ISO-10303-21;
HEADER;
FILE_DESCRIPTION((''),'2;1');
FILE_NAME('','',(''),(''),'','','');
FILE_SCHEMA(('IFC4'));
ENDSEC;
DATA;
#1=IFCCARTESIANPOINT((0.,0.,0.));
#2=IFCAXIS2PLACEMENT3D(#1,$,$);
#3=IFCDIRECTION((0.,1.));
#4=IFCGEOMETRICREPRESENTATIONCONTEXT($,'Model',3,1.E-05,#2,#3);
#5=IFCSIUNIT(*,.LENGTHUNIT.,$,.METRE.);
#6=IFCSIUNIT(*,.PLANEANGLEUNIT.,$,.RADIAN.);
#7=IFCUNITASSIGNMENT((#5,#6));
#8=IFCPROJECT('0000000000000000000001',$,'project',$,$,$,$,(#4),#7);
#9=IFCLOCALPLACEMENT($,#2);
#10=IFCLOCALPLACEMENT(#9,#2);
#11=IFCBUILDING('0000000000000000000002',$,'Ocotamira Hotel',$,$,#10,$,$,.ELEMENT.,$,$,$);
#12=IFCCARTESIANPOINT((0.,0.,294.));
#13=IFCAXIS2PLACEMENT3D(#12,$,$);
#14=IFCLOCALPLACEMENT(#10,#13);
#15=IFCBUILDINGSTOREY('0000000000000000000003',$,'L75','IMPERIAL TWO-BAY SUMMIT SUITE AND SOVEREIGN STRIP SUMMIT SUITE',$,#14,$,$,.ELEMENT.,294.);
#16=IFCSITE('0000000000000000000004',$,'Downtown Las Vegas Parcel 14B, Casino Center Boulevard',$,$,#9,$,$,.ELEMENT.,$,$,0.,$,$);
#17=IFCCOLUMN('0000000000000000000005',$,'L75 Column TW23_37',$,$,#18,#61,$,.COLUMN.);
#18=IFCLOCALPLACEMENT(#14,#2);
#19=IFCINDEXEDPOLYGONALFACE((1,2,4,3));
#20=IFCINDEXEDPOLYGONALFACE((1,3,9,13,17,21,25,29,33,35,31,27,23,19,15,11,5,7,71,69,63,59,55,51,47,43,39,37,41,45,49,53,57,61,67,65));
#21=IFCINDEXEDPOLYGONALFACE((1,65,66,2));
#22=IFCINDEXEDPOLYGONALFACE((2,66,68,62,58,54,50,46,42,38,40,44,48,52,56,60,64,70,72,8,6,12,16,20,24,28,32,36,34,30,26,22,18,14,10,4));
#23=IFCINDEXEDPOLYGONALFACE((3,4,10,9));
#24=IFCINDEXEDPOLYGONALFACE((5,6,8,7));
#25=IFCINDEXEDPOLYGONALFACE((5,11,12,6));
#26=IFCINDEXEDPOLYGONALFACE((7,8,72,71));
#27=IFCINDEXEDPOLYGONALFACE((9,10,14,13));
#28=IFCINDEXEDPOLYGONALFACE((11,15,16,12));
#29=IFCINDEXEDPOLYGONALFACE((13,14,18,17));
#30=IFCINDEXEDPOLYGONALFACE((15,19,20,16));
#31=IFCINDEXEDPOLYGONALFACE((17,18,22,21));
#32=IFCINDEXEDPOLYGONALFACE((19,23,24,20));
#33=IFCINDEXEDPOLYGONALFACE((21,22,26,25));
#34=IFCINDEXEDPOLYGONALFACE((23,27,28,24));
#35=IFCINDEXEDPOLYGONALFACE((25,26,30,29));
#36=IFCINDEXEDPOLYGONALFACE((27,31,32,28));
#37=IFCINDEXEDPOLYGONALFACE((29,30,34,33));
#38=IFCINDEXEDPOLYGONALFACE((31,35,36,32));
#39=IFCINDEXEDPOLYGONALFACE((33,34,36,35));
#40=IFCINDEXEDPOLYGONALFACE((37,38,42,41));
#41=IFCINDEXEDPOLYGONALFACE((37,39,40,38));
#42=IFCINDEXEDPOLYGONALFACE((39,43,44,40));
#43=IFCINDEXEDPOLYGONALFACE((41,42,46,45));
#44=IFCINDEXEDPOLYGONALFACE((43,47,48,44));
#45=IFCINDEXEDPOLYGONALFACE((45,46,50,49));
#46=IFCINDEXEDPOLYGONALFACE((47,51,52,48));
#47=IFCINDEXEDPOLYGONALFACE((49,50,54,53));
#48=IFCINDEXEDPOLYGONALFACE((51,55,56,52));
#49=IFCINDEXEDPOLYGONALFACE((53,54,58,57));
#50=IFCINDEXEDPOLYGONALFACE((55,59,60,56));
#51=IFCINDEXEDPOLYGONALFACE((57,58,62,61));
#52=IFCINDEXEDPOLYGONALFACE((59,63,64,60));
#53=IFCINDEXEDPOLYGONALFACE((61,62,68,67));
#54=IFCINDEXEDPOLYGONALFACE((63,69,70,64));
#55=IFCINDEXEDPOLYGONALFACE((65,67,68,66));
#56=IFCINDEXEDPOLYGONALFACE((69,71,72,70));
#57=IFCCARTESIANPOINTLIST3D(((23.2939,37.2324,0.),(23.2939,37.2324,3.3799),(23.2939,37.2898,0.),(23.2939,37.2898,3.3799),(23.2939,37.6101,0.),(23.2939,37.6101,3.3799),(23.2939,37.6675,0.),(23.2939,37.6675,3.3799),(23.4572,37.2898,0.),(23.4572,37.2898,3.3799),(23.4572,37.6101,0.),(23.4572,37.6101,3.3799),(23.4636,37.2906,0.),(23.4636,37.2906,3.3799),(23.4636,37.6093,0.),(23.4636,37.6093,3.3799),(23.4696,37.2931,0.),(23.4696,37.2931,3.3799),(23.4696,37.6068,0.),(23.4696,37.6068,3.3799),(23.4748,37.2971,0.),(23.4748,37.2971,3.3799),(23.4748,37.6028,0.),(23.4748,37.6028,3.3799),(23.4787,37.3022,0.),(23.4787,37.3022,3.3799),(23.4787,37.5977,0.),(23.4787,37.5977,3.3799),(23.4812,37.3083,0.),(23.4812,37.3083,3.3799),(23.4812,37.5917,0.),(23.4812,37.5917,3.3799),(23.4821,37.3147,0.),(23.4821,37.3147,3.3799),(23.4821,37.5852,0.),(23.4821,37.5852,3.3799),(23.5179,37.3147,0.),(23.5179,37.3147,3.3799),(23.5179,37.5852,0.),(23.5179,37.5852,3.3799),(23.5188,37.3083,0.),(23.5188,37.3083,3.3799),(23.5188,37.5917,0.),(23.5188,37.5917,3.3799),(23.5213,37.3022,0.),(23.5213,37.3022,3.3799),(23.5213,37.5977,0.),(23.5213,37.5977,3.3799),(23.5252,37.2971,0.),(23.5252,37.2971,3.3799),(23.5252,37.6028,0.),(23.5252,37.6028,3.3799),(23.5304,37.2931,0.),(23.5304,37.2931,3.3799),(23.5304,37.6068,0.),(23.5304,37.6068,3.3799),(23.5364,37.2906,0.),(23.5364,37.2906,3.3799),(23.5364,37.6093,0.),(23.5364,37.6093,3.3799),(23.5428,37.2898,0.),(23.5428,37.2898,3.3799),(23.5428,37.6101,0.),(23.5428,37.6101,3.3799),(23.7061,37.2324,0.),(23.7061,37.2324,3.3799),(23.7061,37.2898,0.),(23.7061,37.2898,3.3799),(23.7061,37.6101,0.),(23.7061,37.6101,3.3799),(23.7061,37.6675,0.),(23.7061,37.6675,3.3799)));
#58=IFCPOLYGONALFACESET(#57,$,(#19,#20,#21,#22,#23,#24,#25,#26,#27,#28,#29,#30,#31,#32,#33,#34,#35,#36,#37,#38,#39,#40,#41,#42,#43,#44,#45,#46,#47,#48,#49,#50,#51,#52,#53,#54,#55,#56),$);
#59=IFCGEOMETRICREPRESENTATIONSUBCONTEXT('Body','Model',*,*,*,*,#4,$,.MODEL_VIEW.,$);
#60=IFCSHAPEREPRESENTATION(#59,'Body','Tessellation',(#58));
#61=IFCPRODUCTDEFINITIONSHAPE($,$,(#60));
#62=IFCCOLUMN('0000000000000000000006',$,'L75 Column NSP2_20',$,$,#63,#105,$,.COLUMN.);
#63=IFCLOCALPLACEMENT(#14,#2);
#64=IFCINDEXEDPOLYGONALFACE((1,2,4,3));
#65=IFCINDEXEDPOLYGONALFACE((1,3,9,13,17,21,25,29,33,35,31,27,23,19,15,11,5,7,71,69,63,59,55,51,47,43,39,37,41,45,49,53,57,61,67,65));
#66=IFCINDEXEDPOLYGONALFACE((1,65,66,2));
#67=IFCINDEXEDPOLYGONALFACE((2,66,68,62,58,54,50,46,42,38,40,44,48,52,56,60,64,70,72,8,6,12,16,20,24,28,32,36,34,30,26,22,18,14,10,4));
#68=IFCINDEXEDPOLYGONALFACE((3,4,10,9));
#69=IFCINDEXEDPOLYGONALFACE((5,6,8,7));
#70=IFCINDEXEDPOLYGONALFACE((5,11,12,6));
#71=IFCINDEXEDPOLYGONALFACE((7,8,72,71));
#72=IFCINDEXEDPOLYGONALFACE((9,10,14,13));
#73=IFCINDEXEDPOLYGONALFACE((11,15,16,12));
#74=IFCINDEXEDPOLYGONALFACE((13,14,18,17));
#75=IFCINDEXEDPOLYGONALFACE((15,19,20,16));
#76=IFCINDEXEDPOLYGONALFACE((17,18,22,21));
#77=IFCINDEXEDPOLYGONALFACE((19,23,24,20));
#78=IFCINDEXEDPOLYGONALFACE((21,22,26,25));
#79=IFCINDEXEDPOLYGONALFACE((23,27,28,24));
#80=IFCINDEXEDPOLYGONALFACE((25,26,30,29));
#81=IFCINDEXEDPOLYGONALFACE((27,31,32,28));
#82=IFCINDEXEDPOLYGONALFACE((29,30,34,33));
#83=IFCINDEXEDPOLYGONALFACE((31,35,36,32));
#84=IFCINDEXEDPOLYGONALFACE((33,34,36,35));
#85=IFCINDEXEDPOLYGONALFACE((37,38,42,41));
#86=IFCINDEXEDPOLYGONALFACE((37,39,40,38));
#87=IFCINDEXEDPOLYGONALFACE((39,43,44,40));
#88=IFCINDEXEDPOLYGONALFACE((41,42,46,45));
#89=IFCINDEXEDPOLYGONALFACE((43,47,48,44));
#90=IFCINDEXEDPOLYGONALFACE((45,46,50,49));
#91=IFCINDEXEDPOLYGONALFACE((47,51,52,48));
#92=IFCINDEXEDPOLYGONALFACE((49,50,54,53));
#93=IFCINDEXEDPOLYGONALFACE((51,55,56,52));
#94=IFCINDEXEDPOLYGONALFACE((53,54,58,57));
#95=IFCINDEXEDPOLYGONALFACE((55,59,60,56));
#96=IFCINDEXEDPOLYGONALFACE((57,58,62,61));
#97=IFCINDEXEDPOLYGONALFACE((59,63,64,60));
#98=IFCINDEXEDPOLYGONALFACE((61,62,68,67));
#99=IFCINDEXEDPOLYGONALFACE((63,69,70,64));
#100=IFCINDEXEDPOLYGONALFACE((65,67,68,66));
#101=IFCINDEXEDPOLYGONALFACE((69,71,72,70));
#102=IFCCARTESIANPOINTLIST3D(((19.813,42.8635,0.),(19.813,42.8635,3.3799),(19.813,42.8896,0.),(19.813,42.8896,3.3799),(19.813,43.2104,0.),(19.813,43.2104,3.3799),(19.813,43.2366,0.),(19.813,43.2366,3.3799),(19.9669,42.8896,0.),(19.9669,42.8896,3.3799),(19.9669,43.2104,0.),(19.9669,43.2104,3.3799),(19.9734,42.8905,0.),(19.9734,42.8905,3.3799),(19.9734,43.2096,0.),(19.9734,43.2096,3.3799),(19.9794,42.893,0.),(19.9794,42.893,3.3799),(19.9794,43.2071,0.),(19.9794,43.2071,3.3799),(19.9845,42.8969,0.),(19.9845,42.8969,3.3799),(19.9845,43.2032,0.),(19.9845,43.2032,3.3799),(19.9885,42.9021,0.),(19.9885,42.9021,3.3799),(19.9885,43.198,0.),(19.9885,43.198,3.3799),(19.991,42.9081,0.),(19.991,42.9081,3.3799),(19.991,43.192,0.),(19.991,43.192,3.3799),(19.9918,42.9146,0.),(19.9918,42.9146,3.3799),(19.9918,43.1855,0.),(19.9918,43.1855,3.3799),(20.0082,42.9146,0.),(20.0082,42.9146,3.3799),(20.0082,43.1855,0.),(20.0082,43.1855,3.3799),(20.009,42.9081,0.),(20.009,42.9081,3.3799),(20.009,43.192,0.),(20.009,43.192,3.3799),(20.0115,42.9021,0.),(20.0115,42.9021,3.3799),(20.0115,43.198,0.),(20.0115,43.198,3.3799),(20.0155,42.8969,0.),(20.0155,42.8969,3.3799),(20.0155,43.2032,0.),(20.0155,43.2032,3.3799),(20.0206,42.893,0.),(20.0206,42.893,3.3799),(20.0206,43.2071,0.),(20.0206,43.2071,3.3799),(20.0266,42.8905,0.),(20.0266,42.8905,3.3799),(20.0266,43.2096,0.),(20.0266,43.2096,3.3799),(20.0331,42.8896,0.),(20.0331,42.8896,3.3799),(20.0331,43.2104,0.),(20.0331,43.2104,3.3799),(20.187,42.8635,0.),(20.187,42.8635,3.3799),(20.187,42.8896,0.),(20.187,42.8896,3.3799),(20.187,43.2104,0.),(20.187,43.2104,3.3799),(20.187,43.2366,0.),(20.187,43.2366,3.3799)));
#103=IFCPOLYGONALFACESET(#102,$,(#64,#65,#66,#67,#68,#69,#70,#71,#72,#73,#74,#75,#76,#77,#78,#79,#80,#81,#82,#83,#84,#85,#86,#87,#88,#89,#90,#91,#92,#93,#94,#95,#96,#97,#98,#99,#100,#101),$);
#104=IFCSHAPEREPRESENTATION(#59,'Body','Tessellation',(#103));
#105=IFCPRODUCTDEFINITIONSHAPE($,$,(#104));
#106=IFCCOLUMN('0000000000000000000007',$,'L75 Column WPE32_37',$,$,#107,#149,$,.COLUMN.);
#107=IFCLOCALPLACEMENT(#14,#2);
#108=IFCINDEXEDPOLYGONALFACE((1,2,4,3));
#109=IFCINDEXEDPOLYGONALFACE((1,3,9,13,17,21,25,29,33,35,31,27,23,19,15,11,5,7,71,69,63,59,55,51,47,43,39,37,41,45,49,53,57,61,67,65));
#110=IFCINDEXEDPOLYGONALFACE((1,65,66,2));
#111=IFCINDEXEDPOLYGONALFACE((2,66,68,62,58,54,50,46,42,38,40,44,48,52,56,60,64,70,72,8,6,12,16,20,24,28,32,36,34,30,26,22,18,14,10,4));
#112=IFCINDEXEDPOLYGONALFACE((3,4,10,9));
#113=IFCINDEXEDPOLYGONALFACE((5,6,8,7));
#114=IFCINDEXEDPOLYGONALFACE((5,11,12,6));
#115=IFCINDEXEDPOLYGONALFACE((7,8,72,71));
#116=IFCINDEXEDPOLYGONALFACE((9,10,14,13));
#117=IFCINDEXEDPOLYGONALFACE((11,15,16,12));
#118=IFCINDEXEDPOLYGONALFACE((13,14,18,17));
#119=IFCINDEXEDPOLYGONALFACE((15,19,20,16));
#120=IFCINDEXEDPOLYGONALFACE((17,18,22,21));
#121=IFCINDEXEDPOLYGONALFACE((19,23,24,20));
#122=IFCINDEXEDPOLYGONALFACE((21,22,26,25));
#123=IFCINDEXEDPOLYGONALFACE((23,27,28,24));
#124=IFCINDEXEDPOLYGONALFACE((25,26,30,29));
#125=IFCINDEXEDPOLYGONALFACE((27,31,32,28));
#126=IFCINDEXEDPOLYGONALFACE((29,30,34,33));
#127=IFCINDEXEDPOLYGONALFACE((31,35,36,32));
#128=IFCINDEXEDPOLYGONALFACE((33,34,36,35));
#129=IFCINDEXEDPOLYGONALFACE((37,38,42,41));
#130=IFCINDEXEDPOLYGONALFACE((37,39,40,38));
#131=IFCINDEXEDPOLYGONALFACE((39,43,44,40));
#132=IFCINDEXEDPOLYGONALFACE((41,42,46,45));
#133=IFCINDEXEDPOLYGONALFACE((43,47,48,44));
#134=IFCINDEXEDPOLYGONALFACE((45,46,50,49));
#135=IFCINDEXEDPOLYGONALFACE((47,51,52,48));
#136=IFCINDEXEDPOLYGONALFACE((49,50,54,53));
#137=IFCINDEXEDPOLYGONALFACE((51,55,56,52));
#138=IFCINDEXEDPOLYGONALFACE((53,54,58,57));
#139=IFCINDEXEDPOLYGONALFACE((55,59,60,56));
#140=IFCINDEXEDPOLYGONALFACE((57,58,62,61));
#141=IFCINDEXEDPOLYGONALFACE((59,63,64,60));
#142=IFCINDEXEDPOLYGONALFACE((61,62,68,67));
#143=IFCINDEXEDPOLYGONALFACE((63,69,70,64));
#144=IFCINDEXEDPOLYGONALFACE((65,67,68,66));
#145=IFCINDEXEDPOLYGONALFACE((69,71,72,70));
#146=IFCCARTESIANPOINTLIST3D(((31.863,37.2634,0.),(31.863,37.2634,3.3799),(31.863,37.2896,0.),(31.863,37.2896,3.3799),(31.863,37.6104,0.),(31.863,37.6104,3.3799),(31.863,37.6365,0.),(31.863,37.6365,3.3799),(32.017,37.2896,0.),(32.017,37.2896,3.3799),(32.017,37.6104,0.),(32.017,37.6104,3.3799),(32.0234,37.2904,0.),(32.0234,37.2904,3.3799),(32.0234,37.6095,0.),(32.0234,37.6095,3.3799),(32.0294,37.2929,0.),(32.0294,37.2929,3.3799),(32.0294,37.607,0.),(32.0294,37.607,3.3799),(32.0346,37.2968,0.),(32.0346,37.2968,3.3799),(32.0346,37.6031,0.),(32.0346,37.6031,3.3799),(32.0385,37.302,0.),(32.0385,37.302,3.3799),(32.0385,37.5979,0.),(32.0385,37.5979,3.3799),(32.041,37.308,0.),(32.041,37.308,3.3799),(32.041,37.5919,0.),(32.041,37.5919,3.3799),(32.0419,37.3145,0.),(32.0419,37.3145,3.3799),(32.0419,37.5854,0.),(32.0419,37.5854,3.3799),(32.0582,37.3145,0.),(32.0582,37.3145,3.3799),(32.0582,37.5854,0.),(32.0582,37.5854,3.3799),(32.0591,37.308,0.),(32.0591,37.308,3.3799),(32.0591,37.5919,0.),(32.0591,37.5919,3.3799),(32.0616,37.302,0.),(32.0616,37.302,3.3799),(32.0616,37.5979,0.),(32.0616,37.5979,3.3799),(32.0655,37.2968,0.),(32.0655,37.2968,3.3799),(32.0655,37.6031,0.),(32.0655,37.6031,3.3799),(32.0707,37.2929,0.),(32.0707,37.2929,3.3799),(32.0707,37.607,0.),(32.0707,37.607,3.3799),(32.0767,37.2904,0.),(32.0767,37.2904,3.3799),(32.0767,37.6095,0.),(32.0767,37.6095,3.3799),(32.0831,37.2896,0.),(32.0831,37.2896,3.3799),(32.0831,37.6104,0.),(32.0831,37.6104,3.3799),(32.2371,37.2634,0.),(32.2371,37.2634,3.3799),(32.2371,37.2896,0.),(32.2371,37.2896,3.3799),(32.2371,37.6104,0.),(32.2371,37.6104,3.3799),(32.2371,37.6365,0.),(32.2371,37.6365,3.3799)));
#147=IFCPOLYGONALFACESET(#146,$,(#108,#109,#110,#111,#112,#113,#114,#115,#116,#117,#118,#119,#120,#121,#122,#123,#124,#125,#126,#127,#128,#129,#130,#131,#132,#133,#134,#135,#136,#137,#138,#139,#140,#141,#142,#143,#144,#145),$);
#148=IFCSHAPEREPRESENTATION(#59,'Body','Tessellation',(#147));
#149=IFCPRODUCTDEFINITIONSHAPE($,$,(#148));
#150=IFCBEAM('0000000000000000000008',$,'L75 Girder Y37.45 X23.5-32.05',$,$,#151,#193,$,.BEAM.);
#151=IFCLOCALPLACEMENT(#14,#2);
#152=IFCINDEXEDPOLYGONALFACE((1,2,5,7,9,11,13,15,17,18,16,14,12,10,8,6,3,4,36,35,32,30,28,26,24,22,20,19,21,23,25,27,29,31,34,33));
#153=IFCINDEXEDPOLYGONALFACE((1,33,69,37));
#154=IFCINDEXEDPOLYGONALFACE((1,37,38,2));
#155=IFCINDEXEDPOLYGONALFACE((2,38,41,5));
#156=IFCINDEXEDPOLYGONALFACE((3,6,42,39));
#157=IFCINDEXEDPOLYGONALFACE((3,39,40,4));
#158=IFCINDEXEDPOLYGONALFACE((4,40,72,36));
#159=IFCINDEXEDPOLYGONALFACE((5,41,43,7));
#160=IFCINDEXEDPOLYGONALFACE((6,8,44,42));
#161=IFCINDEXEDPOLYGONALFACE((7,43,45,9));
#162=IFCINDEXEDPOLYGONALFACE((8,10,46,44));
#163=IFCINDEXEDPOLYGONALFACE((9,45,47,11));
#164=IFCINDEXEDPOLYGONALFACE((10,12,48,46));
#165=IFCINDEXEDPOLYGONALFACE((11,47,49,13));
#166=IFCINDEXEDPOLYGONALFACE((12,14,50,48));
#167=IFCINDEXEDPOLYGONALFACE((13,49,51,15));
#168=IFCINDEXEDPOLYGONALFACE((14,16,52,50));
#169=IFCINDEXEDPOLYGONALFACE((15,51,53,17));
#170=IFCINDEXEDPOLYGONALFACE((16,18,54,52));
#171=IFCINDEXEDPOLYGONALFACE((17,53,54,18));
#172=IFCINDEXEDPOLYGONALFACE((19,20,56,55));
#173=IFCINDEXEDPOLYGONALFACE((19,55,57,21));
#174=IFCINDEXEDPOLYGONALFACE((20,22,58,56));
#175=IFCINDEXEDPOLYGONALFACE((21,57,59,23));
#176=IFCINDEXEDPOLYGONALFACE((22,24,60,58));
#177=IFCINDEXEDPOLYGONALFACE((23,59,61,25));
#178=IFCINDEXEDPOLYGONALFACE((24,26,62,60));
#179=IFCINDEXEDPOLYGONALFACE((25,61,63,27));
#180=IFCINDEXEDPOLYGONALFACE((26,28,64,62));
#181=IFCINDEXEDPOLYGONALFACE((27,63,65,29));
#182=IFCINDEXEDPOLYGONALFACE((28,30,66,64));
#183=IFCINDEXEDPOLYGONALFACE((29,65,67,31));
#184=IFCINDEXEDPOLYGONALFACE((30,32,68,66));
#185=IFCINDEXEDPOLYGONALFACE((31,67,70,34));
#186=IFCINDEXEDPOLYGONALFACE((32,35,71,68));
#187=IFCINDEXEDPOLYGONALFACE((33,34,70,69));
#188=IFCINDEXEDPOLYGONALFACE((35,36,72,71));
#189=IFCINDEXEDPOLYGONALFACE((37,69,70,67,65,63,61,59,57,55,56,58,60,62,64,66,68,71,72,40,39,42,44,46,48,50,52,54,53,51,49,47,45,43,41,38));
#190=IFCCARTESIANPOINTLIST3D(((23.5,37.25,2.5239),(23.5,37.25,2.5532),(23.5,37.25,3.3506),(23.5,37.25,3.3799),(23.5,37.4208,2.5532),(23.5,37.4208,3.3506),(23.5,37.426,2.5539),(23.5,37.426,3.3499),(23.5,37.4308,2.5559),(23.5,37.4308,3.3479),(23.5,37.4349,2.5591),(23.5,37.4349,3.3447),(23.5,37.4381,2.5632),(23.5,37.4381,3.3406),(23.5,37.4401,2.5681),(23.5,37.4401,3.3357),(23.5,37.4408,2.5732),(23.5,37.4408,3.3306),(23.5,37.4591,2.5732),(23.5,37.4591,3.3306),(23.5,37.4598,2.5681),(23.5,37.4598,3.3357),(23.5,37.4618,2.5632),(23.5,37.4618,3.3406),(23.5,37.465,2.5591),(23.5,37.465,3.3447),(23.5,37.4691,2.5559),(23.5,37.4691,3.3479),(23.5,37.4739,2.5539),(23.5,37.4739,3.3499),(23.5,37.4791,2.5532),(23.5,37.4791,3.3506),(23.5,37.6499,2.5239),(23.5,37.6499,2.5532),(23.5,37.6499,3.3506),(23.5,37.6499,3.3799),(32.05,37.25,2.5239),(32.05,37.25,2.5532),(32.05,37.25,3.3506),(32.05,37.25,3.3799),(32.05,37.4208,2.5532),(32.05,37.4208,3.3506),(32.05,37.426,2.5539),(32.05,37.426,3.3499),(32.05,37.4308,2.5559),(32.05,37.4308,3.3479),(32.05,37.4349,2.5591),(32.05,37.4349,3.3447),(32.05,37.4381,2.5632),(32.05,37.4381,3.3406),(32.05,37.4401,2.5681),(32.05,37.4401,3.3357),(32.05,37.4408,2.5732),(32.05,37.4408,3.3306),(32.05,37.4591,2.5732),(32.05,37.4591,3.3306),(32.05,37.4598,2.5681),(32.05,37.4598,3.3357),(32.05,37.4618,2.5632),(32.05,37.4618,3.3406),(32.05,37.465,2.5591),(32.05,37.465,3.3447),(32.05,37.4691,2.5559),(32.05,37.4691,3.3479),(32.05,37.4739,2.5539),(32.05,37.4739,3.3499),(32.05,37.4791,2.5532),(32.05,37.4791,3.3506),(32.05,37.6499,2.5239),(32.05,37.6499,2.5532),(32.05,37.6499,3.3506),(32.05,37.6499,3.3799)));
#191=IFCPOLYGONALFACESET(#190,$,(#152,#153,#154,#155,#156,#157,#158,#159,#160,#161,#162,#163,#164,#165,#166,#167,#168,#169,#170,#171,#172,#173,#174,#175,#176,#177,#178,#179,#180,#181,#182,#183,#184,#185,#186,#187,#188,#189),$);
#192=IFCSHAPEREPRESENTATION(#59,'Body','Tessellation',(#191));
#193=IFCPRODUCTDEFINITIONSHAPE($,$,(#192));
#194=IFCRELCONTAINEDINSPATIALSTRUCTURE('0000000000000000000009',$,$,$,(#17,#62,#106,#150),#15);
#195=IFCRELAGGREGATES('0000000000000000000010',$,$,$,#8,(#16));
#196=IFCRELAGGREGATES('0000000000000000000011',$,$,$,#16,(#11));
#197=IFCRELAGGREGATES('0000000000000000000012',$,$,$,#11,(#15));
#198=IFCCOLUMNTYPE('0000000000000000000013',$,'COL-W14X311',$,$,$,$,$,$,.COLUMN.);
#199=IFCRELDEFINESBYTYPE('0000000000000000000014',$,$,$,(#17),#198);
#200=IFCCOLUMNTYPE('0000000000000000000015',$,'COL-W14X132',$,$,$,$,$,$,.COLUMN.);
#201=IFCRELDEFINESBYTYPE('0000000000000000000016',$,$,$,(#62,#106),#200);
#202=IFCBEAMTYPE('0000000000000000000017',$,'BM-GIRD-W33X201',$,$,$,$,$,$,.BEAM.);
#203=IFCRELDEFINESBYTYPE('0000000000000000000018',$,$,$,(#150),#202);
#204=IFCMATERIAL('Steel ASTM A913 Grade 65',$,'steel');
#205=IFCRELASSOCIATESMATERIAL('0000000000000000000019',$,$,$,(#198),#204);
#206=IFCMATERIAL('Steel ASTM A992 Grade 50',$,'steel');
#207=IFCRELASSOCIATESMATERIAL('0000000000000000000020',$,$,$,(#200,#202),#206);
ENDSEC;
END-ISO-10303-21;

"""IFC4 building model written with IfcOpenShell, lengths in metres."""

from ifc_helpers import new_model, si_unit, direction, frame, origin, origin_2d, place, context, subcontext, project, spatial, i_section, extrude, source, transform, mapped, material, material_profile, profile_set, type_object, element, save


model = new_model("IFC4")

# Units and contexts
model_context = context("Model", 3, precision=1e-05, world=origin(), true_north=direction((0.0, 1.0)))
body_context = subcontext(model_context, "Body", "Model", "MODEL_VIEW")
ifc_project = project(units=[si_unit("LENGTHUNIT", "METRE"), si_unit("PLANEANGLEUNIT", "RADIAN")], contexts=[model_context])

# Site, building, storey
site_placement = place(None, origin())
site = spatial("IfcSite", under=ifc_project, at=site_placement, Name="Downtown Las Vegas Parcel 14B, Casino Center Boulevard", CompositionType="ELEMENT", RefElevation=0.0)
building_placement = place(site_placement, origin())
building = spatial("IfcBuilding", under=site, at=building_placement, Name="Ocotamira Hotel", CompositionType="ELEMENT")
storey_placement = place(building_placement, frame((0.0, 0.0, 294.0)))
storey = spatial("IfcBuildingStorey", under=building, at=storey_placement, Name="L75", Description="IMPERIAL TWO-BAY SUMMIT SUITE AND SOVEREIGN STRIP SUMMIT SUITE", CompositionType="ELEMENT", Elevation=294.0)

# Columns
ifc_material_1 = material(Name="Steel ASTM A913 Grade 65", Category="steel")
ifc_material_profile_1 = material_profile(ifc_material_1, i_section(OverallWidth=0.4121, OverallDepth=0.4351, WebThickness=0.0359, FlangeThickness=0.0574, FilletRadius=0.0249, at=origin_2d()), Name="W14X311")
ifc_profile_set_1 = profile_set([ifc_material_profile_1], Name="Steel ASTM A913 Grade 65")
column_type_1 = type_object("IfcColumnType", Name="COL-W14X311", PredefinedType="COLUMN", material=ifc_profile_set_1)
shared_shape_1 = source(origin(), body_context, "Body", "SweptSolid", [
    extrude(i_section(OverallWidth=0.4121, OverallDepth=0.4351, WebThickness=0.0359, FlangeThickness=0.0574, FilletRadius=0.0249, at=origin_2d()), origin(), (0.0, 0.0, 1.0), 3.3799),
])
column_placement = place(storey_placement, frame((23.5, 37.45, 0.0), z_axis=(0.0, 0.0, 1.0), x_axis=(1.0, 0.0, 0.0)))
element("IfcColumn", 1, at=column_placement, inside=storey, type_object=column_type_1, Name="L75 Column TW23_37", PredefinedType="COLUMN", context=body_context, shape_type="MappedRepresentation", body=[
    mapped(shared_shape_1, transform((0.0, 0.0, 0.0), scale=1.0)),
])
ifc_material_2 = material(Name="Steel ASTM A992 Grade 50", Category="steel")
ifc_material_profile_2 = material_profile(ifc_material_2, i_section(OverallWidth=0.374, OverallDepth=0.373, WebThickness=0.0164, FlangeThickness=0.0261, FilletRadius=0.0249, at=origin_2d()), Name="W14X132")
ifc_profile_set_2 = profile_set([ifc_material_profile_2], Name="Steel ASTM A992 Grade 50")
column_type_2 = type_object("IfcColumnType", Name="COL-W14X132", PredefinedType="COLUMN", material=ifc_profile_set_2)
shared_shape_2 = source(origin(), body_context, "Body", "SweptSolid", [
    extrude(i_section(OverallWidth=0.374, OverallDepth=0.373, WebThickness=0.0164, FlangeThickness=0.0261, FilletRadius=0.0249, at=origin_2d()), origin(), (0.0, 0.0, 1.0), 3.3799),
])
for number, where, z_axis, x_axis, name in (
    (2, (20.0, 43.05, 0.0), (0.0, 0.0, 1.0), (1.0, 0.0, 0.0), "L75 Column NSP2_20"),
    (3, (32.05, 37.45, 0.0), (0.0, 0.0, 1.0), (1.0, 0.0, 0.0), "L75 Column WPE32_37"),
):
    element("IfcColumn", number, at=place(storey_placement, frame(where, z_axis=z_axis, x_axis=x_axis)), inside=storey, type_object=column_type_2, Name=name, PredefinedType="COLUMN", context=body_context, shape_type="MappedRepresentation", body=[
        mapped(shared_shape_2, transform((0.0, 0.0, 0.0), scale=1.0)),
    ])

# Beam
ifc_material_profile_3 = material_profile(ifc_material_2, i_section(OverallWidth=0.3999, OverallDepth=0.856, WebThickness=0.0183, FlangeThickness=0.0293, FilletRadius=0.02, at=origin_2d()), Name="W33X201")
ifc_profile_set_3 = profile_set([ifc_material_profile_3], Name="Steel ASTM A992 Grade 50")
beam_type = type_object("IfcBeamType", Name="BM-GIRD-W33X201", PredefinedType="BEAM", material=ifc_profile_set_3)
shared_shape_3 = source(origin(), body_context, "Body", "SweptSolid", [
    extrude(i_section(OverallWidth=0.3999, OverallDepth=0.856, WebThickness=0.0183, FlangeThickness=0.0293, FilletRadius=0.02, at=origin_2d()), origin(), (0.0, 0.0, 1.0), 8.55),
])
beam_placement = place(storey_placement, frame((23.5, 37.45, 2.9519), z_axis=(1.0, 0.0, 0.0), x_axis=(0.0, 1.0, 0.0)))
element("IfcBeam", 4, at=beam_placement, inside=storey, type_object=beam_type, Name="L75 Girder Y37.45 X23.5-32.05", PredefinedType="BEAM", context=body_context, shape_type="MappedRepresentation", body=[
    mapped(shared_shape_3, transform((0.0, 0.0, 0.0), scale=1.0)),
])

save(model, "model.ifc")
